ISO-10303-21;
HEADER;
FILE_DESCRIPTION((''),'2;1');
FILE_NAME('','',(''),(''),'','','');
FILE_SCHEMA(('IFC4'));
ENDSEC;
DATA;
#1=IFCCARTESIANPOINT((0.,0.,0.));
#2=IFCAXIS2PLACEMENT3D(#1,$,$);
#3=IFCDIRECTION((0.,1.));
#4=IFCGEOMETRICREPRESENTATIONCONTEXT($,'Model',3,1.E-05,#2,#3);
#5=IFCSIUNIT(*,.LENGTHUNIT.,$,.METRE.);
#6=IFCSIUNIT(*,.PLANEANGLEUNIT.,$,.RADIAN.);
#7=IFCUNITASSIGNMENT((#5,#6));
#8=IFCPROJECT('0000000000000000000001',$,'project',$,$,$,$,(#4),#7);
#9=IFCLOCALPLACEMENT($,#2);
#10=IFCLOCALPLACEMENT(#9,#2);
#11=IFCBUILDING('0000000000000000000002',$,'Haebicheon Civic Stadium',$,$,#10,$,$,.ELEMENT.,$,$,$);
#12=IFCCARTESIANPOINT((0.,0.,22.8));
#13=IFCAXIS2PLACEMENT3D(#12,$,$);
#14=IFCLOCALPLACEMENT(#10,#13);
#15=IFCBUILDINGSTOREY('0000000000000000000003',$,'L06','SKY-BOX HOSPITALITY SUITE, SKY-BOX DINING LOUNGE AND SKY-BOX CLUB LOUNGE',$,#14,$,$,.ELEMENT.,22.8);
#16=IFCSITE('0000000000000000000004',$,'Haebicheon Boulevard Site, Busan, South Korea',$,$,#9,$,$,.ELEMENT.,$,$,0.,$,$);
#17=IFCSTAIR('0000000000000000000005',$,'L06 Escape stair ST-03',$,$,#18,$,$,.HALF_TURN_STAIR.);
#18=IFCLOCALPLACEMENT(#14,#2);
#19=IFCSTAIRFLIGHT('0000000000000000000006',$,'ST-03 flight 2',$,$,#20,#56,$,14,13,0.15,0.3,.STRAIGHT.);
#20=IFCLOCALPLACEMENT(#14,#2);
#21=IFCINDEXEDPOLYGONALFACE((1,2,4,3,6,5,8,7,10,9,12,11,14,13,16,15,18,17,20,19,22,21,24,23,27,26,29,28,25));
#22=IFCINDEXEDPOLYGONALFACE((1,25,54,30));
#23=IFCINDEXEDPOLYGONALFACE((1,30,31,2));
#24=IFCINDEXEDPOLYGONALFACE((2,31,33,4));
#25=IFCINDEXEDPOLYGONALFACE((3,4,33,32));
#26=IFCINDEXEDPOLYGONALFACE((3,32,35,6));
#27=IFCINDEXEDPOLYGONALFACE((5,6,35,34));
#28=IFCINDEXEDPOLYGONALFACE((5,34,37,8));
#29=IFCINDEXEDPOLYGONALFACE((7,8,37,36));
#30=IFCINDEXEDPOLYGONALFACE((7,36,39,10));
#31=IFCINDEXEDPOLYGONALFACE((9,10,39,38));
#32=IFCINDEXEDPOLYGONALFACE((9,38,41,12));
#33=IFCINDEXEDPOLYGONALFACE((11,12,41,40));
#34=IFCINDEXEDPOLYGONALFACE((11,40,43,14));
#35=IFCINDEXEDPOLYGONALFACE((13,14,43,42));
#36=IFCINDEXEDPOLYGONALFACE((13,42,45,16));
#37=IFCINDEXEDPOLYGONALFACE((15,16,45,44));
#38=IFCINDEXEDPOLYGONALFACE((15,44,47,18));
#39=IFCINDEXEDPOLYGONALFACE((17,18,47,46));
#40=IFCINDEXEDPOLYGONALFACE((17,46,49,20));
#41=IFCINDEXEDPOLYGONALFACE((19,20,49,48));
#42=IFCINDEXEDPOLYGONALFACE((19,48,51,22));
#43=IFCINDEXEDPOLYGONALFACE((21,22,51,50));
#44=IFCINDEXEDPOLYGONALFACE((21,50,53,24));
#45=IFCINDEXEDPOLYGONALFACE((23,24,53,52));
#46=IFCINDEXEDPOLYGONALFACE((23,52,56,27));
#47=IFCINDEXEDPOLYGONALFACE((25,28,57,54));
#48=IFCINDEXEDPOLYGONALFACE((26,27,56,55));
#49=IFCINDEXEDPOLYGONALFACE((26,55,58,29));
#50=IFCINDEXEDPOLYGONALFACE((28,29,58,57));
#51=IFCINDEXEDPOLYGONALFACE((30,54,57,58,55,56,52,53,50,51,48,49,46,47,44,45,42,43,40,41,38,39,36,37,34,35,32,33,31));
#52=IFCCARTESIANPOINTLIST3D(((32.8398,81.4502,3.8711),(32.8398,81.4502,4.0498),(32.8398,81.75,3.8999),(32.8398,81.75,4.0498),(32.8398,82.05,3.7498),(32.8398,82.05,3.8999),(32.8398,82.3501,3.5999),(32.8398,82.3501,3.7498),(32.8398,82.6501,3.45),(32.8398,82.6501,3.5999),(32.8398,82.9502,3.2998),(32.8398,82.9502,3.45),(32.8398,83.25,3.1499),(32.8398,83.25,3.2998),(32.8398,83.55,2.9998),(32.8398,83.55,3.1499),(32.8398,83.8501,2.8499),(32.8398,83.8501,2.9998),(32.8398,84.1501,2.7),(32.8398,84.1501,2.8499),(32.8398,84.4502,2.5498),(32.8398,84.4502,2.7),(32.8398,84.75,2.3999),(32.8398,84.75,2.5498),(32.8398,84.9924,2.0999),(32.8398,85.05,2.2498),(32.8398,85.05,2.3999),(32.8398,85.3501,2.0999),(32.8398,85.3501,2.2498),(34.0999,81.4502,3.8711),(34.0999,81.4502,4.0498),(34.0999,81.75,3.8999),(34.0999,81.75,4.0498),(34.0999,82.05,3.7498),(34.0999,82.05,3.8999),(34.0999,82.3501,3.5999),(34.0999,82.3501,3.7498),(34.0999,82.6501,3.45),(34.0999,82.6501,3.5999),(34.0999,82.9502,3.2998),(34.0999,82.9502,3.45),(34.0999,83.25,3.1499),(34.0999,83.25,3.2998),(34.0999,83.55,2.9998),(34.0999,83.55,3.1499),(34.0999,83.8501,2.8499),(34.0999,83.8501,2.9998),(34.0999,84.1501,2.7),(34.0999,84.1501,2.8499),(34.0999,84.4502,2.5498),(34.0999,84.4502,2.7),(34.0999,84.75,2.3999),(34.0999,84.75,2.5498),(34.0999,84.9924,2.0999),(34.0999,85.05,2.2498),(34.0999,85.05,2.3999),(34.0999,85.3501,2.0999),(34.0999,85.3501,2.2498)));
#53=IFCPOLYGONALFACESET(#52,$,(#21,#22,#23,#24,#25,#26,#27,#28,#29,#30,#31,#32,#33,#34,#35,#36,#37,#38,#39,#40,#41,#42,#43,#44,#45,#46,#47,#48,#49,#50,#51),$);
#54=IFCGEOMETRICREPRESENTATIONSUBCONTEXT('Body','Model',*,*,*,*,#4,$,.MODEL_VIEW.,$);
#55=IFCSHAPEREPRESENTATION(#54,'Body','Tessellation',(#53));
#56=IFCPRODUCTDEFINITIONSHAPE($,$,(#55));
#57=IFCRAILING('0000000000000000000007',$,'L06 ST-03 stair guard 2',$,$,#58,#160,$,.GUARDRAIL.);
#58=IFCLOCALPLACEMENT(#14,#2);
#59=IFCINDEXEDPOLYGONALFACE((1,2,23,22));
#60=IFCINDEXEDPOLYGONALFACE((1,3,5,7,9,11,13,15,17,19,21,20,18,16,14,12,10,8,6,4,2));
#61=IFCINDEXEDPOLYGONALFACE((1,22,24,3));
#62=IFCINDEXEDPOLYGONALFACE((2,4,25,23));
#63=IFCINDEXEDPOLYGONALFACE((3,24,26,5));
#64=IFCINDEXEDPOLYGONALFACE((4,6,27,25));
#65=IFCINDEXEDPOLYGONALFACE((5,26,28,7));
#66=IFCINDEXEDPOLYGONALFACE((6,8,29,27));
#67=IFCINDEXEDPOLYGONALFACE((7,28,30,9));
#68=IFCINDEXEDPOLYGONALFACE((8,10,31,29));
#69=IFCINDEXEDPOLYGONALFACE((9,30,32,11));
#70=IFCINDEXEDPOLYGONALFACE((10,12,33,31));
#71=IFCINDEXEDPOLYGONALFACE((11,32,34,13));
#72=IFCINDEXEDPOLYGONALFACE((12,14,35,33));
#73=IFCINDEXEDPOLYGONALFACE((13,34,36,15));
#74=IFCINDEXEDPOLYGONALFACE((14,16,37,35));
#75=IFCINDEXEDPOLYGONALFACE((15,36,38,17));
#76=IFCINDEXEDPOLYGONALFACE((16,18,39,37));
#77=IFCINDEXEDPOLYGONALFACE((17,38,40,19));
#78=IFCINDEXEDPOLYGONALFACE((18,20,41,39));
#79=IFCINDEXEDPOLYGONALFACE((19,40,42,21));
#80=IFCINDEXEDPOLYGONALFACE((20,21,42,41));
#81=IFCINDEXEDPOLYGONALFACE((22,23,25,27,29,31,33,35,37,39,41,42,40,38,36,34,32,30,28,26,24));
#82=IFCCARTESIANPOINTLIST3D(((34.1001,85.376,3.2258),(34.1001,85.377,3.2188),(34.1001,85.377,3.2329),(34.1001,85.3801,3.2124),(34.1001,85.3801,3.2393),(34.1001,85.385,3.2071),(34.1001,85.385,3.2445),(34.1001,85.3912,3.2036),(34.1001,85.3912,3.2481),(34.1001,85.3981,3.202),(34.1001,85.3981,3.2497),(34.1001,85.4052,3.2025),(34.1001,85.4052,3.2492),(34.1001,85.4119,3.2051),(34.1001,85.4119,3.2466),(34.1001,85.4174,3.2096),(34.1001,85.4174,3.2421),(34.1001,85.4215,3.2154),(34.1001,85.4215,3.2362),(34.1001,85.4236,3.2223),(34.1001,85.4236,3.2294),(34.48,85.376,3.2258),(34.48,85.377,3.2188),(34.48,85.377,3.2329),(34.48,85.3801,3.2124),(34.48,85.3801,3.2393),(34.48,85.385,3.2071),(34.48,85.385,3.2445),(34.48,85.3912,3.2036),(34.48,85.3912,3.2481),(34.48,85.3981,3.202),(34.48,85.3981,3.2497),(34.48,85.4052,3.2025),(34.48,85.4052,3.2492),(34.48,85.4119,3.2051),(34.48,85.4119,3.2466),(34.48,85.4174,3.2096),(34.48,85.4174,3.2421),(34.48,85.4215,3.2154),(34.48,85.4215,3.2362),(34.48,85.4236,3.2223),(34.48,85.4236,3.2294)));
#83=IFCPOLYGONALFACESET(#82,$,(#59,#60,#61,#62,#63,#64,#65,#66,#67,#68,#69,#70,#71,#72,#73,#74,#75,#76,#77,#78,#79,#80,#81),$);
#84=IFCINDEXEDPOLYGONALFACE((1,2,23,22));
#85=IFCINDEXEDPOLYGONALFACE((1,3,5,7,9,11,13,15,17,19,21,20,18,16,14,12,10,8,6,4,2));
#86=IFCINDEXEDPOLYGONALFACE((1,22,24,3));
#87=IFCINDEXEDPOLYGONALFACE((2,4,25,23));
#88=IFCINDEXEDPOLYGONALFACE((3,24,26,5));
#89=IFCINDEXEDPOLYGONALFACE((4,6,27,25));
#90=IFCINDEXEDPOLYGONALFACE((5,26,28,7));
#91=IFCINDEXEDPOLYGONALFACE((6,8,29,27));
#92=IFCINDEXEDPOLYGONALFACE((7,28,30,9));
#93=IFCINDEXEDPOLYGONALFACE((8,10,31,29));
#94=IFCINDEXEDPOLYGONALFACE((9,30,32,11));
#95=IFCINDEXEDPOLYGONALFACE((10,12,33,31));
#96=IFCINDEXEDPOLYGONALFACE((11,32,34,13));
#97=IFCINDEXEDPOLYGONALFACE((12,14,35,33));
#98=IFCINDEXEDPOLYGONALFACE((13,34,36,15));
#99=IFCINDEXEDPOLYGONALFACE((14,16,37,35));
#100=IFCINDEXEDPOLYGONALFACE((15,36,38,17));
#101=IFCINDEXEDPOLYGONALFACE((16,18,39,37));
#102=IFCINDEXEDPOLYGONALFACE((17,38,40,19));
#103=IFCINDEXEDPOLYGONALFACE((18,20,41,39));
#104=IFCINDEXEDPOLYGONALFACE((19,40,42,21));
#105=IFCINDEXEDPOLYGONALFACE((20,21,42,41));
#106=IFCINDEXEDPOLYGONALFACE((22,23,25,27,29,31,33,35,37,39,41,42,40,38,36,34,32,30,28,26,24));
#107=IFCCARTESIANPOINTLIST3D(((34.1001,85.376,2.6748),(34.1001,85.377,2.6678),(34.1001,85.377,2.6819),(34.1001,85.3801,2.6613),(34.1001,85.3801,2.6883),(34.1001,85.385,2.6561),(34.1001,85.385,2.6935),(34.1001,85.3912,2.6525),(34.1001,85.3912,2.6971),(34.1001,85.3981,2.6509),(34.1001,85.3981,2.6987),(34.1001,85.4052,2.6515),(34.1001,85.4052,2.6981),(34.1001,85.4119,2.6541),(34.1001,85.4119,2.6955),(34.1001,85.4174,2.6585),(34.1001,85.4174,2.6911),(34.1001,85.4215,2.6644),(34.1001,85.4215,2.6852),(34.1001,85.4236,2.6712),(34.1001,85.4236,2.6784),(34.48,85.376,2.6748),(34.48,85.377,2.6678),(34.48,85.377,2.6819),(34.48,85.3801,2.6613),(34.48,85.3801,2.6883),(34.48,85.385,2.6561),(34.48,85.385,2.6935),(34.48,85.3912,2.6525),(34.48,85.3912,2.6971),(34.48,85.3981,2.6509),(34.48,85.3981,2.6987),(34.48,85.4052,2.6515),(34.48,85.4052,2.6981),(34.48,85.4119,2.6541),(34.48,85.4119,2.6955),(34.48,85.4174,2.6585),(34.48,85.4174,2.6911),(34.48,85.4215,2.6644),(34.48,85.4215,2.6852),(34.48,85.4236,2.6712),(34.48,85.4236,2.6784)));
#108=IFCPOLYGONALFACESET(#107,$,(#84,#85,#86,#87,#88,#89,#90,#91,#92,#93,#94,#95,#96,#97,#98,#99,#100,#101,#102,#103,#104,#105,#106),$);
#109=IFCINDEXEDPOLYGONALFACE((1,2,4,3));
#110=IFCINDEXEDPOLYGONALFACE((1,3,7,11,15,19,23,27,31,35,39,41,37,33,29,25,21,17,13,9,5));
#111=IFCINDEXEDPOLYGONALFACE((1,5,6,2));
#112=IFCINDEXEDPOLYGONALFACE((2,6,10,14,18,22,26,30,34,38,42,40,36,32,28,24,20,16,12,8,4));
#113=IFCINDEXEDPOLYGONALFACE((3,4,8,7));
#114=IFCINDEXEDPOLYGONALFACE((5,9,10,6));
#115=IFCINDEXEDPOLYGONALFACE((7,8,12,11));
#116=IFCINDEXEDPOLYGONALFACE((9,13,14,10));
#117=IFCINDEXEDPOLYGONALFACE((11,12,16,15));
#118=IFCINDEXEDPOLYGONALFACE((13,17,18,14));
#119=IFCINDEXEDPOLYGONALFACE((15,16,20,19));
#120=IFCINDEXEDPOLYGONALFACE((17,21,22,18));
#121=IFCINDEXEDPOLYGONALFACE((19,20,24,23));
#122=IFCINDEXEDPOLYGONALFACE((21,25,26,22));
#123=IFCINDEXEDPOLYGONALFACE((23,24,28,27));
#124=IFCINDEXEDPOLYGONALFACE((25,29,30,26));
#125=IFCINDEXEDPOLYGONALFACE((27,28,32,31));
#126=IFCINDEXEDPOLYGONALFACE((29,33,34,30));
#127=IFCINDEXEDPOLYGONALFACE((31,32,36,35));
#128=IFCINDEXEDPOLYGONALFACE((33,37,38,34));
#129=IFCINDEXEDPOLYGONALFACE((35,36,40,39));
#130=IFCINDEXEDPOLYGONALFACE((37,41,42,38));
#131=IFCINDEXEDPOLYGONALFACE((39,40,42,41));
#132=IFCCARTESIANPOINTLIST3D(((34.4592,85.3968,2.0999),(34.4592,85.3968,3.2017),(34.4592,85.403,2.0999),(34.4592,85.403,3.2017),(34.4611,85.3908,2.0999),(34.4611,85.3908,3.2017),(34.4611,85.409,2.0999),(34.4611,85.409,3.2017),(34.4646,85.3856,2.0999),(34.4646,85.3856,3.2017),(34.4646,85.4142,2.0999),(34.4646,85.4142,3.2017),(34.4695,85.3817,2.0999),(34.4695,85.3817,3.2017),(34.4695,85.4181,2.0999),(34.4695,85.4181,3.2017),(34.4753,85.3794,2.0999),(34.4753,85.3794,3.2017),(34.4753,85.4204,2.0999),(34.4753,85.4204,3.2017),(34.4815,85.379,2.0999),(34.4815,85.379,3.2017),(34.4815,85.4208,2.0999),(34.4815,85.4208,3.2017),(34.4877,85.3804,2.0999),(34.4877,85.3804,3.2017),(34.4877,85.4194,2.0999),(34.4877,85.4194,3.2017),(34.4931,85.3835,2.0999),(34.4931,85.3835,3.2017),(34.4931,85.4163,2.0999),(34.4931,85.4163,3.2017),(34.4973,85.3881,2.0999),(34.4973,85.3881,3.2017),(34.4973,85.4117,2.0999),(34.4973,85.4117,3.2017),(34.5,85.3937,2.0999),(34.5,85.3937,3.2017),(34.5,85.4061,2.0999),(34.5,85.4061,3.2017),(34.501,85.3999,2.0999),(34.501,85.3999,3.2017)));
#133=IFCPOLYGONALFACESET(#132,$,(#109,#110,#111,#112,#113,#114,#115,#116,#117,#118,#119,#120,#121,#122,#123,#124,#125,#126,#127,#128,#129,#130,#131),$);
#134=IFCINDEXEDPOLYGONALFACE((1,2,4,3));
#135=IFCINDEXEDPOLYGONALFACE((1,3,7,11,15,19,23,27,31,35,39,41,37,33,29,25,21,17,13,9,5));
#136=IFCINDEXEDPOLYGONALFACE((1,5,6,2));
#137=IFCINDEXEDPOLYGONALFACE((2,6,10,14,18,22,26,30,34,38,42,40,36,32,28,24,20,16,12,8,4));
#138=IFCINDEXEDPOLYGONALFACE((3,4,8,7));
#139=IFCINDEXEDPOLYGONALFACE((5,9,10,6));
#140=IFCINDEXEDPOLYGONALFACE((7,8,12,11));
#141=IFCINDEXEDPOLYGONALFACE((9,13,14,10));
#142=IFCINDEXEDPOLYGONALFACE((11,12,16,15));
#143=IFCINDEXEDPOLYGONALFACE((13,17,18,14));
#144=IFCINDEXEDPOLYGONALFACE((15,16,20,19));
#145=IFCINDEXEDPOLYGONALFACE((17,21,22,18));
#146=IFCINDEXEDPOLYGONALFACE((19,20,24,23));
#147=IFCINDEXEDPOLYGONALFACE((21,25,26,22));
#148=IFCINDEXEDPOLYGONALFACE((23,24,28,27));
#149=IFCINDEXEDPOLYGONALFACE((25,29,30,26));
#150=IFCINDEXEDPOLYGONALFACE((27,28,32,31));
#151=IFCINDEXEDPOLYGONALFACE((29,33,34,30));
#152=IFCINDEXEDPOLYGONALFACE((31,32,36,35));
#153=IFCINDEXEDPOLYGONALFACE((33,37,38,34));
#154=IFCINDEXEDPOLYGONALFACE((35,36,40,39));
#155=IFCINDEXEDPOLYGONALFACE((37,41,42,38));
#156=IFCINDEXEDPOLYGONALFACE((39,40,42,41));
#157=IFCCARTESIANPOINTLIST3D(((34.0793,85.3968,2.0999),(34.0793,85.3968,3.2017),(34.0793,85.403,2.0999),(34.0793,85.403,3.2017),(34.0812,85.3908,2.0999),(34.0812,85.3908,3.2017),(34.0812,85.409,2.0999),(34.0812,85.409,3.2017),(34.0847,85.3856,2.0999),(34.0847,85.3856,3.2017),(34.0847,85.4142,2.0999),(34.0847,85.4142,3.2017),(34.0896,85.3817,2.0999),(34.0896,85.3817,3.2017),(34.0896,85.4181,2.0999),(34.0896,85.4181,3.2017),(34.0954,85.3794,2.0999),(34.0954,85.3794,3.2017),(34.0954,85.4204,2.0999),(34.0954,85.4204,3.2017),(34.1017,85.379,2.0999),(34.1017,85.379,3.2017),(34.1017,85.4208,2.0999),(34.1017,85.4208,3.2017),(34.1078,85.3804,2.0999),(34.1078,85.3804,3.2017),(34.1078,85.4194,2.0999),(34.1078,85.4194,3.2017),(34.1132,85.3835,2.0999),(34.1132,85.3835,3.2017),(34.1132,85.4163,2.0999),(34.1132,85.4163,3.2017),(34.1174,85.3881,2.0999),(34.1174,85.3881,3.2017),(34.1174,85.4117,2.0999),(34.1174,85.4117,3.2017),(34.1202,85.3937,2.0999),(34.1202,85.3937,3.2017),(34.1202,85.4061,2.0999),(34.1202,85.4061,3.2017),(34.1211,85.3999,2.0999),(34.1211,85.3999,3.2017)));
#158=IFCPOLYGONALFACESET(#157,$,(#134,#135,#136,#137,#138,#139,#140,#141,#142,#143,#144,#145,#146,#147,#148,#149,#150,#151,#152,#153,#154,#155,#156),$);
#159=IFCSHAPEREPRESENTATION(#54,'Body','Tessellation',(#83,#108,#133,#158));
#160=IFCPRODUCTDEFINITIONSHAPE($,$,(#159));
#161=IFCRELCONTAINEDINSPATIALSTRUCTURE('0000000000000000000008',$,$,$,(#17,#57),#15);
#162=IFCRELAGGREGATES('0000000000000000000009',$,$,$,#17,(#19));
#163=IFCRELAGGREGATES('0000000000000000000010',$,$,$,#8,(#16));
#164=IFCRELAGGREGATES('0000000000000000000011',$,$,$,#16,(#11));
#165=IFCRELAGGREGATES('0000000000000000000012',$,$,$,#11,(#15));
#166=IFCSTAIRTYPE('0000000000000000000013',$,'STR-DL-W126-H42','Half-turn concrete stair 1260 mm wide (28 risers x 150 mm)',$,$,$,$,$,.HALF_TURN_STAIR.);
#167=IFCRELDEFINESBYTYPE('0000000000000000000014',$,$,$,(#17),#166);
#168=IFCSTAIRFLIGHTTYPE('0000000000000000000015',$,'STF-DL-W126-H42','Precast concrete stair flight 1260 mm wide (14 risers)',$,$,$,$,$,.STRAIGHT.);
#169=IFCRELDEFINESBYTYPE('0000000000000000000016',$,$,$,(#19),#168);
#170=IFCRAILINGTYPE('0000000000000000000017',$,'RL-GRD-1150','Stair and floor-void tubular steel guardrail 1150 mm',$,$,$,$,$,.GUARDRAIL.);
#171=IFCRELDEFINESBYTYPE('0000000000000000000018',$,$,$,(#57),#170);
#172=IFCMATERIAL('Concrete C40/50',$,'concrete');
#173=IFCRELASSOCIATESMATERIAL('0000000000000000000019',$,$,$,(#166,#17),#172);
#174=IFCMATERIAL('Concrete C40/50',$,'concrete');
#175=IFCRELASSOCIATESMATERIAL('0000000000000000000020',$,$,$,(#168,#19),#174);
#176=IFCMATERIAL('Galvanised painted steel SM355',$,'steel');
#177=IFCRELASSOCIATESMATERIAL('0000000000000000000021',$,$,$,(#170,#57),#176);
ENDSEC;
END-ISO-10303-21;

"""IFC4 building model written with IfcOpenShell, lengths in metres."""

from ifc_helpers import new_model, si_unit, direction, frame, origin, origin_2d, place, context, subcontext, project, spatial, polyline, circle, outline, extrude, material, type_object, element, aggregate, save


model = new_model("IFC4")

# Units and contexts
model_context = context("Model", 3, precision=1e-05, world=origin(), true_north=direction((0.0, 1.0)))
body_context = subcontext(model_context, "Body", "Model", "MODEL_VIEW")
ifc_project = project(units=[si_unit("LENGTHUNIT", "METRE"), si_unit("PLANEANGLEUNIT", "RADIAN")], contexts=[model_context])

# Site, building, storey
site_placement = place(None, origin())
site = spatial("IfcSite", under=ifc_project, at=site_placement, Name="Haebicheon Boulevard Site, Busan, South Korea", CompositionType="ELEMENT", RefElevation=0.0)
building_placement = place(site_placement, origin())
building = spatial("IfcBuilding", under=site, at=building_placement, Name="Haebicheon Civic Stadium", CompositionType="ELEMENT")
storey_placement = place(building_placement, frame((0.0, 0.0, 22.8)))
storey = spatial("IfcBuildingStorey", under=building, at=storey_placement, Name="L06", Description="SKY-BOX HOSPITALITY SUITE, SKY-BOX DINING LOUNGE AND SKY-BOX CLUB LOUNGE", CompositionType="ELEMENT", Elevation=22.8)

# Stair, stair flight
ifc_material_1 = material(Name="Concrete C40/50", Category="concrete")
stair_type = type_object("IfcStairType", Name="STR-DL-W126-H42", Description="Half-turn concrete stair 1260 mm wide (28 risers x 150 mm)", PredefinedType="HALF_TURN_STAIR", material=ifc_material_1)
stair_placement = place(storey_placement, origin())
stair = element("IfcStair", 1, at=stair_placement, inside=storey, type_object=stair_type, material=ifc_material_1, Name="L06 Escape stair ST-03", PredefinedType="HALF_TURN_STAIR")
ifc_material_2 = material(Name="Concrete C40/50", Category="concrete")
stair_flight_type = type_object("IfcStairFlightType", Name="STF-DL-W126-H42", Description="Precast concrete stair flight 1260 mm wide (14 risers)", PredefinedType="STRAIGHT", material=ifc_material_2)
stair_flight_placement = place(storey_placement, frame((33.47, 85.3501, 2.0999), z_axis=(0.0, 0.0, 1.0), x_axis=(0.0, -1.0, 0.0)))
stair_flight = element("IfcStairFlight", 2, at=stair_flight_placement, type_object=stair_flight_type, material=ifc_material_2, Name="ST-03 flight 2", NumberOfRisers=14, NumberOfTreads=13, PredefinedType="STRAIGHT", RiserHeight=0.15, TreadLength=0.3, context=body_context, shape_type="SweptSolid", body=[
    extrude(outline(polyline([(0.0, 0.0), (0.0, 0.1499), (0.3, 0.1499), (0.3, 0.3), (0.6001, 0.3), (0.6001, 0.45), (0.8999, 0.45), (0.8999, 0.6001), (1.2, 0.6001), (1.2, 0.75), (1.5, 0.75), (1.5, 0.8999), (1.8, 0.8999), (1.8, 1.05), (2.1001, 1.05), (2.1001, 1.2), (2.3999, 1.2), (2.3999, 1.3501), (2.7, 1.3501), (2.7, 1.5), (3.0, 1.5), (3.0, 1.6499), (3.3, 1.6499), (3.3, 1.8), (3.6001, 1.8), (3.6001, 1.95), (3.8999, 1.95), (3.8999, 2.1001), (3.8999, 1.7712), (0.3577, 0.0), (0.0, 0.0)])), frame((0.0, 0.6299, 0.0), z_axis=(0.0, -1.0, 0.0), x_axis=(1.0, 0.0, 0.0)), (0.0, 0.0, 1.0), 1.26),
])
aggregate(stair, [stair_flight])

# Railing
ifc_material_3 = material(Name="Galvanised painted steel SM355", Category="steel")
railing_type_1 = type_object("IfcRailingType", Name="RL-GRD-1150", Description="Stair and floor-void tubular steel guardrail 1150 mm", PredefinedType="GUARDRAIL", material=ifc_material_3)
railing_1_placement = place(storey_placement, frame((34.48, 85.3999, 2.0999)))
element("IfcRailing", 3, at=railing_1_placement, inside=storey, type_object=railing_type_1, material=ifc_material_3, Name="L06 ST-03 stair guard 2", PredefinedType="GUARDRAIL", context=body_context, shape_type="SweptSolid", body=[
    extrude(circle(Radius=0.0239, at=origin_2d()), frame((0.0, 0.0, 1.126), z_axis=(-1.0, 0.0, 0.0), x_axis=(0.0, -1.0, 0.0)), (0.0, 0.0, 1.0), 0.3799),
    extrude(circle(Radius=0.0239, at=origin_2d()), frame((0.0, 0.0, 0.575), z_axis=(-1.0, 0.0, 0.0), x_axis=(0.0, -1.0, 0.0)), (0.0, 0.0, 1.0), 0.3799),
    extrude(circle(Radius=0.021, at=origin_2d()), origin(), (0.0, 0.0, 1.0), 1.1018),
    extrude(circle(Radius=0.021, at=origin_2d()), frame((-0.3799, 0.0, 0.0)), (0.0, 0.0, 1.0), 1.1018),
])

save(model, "model.ifc")
